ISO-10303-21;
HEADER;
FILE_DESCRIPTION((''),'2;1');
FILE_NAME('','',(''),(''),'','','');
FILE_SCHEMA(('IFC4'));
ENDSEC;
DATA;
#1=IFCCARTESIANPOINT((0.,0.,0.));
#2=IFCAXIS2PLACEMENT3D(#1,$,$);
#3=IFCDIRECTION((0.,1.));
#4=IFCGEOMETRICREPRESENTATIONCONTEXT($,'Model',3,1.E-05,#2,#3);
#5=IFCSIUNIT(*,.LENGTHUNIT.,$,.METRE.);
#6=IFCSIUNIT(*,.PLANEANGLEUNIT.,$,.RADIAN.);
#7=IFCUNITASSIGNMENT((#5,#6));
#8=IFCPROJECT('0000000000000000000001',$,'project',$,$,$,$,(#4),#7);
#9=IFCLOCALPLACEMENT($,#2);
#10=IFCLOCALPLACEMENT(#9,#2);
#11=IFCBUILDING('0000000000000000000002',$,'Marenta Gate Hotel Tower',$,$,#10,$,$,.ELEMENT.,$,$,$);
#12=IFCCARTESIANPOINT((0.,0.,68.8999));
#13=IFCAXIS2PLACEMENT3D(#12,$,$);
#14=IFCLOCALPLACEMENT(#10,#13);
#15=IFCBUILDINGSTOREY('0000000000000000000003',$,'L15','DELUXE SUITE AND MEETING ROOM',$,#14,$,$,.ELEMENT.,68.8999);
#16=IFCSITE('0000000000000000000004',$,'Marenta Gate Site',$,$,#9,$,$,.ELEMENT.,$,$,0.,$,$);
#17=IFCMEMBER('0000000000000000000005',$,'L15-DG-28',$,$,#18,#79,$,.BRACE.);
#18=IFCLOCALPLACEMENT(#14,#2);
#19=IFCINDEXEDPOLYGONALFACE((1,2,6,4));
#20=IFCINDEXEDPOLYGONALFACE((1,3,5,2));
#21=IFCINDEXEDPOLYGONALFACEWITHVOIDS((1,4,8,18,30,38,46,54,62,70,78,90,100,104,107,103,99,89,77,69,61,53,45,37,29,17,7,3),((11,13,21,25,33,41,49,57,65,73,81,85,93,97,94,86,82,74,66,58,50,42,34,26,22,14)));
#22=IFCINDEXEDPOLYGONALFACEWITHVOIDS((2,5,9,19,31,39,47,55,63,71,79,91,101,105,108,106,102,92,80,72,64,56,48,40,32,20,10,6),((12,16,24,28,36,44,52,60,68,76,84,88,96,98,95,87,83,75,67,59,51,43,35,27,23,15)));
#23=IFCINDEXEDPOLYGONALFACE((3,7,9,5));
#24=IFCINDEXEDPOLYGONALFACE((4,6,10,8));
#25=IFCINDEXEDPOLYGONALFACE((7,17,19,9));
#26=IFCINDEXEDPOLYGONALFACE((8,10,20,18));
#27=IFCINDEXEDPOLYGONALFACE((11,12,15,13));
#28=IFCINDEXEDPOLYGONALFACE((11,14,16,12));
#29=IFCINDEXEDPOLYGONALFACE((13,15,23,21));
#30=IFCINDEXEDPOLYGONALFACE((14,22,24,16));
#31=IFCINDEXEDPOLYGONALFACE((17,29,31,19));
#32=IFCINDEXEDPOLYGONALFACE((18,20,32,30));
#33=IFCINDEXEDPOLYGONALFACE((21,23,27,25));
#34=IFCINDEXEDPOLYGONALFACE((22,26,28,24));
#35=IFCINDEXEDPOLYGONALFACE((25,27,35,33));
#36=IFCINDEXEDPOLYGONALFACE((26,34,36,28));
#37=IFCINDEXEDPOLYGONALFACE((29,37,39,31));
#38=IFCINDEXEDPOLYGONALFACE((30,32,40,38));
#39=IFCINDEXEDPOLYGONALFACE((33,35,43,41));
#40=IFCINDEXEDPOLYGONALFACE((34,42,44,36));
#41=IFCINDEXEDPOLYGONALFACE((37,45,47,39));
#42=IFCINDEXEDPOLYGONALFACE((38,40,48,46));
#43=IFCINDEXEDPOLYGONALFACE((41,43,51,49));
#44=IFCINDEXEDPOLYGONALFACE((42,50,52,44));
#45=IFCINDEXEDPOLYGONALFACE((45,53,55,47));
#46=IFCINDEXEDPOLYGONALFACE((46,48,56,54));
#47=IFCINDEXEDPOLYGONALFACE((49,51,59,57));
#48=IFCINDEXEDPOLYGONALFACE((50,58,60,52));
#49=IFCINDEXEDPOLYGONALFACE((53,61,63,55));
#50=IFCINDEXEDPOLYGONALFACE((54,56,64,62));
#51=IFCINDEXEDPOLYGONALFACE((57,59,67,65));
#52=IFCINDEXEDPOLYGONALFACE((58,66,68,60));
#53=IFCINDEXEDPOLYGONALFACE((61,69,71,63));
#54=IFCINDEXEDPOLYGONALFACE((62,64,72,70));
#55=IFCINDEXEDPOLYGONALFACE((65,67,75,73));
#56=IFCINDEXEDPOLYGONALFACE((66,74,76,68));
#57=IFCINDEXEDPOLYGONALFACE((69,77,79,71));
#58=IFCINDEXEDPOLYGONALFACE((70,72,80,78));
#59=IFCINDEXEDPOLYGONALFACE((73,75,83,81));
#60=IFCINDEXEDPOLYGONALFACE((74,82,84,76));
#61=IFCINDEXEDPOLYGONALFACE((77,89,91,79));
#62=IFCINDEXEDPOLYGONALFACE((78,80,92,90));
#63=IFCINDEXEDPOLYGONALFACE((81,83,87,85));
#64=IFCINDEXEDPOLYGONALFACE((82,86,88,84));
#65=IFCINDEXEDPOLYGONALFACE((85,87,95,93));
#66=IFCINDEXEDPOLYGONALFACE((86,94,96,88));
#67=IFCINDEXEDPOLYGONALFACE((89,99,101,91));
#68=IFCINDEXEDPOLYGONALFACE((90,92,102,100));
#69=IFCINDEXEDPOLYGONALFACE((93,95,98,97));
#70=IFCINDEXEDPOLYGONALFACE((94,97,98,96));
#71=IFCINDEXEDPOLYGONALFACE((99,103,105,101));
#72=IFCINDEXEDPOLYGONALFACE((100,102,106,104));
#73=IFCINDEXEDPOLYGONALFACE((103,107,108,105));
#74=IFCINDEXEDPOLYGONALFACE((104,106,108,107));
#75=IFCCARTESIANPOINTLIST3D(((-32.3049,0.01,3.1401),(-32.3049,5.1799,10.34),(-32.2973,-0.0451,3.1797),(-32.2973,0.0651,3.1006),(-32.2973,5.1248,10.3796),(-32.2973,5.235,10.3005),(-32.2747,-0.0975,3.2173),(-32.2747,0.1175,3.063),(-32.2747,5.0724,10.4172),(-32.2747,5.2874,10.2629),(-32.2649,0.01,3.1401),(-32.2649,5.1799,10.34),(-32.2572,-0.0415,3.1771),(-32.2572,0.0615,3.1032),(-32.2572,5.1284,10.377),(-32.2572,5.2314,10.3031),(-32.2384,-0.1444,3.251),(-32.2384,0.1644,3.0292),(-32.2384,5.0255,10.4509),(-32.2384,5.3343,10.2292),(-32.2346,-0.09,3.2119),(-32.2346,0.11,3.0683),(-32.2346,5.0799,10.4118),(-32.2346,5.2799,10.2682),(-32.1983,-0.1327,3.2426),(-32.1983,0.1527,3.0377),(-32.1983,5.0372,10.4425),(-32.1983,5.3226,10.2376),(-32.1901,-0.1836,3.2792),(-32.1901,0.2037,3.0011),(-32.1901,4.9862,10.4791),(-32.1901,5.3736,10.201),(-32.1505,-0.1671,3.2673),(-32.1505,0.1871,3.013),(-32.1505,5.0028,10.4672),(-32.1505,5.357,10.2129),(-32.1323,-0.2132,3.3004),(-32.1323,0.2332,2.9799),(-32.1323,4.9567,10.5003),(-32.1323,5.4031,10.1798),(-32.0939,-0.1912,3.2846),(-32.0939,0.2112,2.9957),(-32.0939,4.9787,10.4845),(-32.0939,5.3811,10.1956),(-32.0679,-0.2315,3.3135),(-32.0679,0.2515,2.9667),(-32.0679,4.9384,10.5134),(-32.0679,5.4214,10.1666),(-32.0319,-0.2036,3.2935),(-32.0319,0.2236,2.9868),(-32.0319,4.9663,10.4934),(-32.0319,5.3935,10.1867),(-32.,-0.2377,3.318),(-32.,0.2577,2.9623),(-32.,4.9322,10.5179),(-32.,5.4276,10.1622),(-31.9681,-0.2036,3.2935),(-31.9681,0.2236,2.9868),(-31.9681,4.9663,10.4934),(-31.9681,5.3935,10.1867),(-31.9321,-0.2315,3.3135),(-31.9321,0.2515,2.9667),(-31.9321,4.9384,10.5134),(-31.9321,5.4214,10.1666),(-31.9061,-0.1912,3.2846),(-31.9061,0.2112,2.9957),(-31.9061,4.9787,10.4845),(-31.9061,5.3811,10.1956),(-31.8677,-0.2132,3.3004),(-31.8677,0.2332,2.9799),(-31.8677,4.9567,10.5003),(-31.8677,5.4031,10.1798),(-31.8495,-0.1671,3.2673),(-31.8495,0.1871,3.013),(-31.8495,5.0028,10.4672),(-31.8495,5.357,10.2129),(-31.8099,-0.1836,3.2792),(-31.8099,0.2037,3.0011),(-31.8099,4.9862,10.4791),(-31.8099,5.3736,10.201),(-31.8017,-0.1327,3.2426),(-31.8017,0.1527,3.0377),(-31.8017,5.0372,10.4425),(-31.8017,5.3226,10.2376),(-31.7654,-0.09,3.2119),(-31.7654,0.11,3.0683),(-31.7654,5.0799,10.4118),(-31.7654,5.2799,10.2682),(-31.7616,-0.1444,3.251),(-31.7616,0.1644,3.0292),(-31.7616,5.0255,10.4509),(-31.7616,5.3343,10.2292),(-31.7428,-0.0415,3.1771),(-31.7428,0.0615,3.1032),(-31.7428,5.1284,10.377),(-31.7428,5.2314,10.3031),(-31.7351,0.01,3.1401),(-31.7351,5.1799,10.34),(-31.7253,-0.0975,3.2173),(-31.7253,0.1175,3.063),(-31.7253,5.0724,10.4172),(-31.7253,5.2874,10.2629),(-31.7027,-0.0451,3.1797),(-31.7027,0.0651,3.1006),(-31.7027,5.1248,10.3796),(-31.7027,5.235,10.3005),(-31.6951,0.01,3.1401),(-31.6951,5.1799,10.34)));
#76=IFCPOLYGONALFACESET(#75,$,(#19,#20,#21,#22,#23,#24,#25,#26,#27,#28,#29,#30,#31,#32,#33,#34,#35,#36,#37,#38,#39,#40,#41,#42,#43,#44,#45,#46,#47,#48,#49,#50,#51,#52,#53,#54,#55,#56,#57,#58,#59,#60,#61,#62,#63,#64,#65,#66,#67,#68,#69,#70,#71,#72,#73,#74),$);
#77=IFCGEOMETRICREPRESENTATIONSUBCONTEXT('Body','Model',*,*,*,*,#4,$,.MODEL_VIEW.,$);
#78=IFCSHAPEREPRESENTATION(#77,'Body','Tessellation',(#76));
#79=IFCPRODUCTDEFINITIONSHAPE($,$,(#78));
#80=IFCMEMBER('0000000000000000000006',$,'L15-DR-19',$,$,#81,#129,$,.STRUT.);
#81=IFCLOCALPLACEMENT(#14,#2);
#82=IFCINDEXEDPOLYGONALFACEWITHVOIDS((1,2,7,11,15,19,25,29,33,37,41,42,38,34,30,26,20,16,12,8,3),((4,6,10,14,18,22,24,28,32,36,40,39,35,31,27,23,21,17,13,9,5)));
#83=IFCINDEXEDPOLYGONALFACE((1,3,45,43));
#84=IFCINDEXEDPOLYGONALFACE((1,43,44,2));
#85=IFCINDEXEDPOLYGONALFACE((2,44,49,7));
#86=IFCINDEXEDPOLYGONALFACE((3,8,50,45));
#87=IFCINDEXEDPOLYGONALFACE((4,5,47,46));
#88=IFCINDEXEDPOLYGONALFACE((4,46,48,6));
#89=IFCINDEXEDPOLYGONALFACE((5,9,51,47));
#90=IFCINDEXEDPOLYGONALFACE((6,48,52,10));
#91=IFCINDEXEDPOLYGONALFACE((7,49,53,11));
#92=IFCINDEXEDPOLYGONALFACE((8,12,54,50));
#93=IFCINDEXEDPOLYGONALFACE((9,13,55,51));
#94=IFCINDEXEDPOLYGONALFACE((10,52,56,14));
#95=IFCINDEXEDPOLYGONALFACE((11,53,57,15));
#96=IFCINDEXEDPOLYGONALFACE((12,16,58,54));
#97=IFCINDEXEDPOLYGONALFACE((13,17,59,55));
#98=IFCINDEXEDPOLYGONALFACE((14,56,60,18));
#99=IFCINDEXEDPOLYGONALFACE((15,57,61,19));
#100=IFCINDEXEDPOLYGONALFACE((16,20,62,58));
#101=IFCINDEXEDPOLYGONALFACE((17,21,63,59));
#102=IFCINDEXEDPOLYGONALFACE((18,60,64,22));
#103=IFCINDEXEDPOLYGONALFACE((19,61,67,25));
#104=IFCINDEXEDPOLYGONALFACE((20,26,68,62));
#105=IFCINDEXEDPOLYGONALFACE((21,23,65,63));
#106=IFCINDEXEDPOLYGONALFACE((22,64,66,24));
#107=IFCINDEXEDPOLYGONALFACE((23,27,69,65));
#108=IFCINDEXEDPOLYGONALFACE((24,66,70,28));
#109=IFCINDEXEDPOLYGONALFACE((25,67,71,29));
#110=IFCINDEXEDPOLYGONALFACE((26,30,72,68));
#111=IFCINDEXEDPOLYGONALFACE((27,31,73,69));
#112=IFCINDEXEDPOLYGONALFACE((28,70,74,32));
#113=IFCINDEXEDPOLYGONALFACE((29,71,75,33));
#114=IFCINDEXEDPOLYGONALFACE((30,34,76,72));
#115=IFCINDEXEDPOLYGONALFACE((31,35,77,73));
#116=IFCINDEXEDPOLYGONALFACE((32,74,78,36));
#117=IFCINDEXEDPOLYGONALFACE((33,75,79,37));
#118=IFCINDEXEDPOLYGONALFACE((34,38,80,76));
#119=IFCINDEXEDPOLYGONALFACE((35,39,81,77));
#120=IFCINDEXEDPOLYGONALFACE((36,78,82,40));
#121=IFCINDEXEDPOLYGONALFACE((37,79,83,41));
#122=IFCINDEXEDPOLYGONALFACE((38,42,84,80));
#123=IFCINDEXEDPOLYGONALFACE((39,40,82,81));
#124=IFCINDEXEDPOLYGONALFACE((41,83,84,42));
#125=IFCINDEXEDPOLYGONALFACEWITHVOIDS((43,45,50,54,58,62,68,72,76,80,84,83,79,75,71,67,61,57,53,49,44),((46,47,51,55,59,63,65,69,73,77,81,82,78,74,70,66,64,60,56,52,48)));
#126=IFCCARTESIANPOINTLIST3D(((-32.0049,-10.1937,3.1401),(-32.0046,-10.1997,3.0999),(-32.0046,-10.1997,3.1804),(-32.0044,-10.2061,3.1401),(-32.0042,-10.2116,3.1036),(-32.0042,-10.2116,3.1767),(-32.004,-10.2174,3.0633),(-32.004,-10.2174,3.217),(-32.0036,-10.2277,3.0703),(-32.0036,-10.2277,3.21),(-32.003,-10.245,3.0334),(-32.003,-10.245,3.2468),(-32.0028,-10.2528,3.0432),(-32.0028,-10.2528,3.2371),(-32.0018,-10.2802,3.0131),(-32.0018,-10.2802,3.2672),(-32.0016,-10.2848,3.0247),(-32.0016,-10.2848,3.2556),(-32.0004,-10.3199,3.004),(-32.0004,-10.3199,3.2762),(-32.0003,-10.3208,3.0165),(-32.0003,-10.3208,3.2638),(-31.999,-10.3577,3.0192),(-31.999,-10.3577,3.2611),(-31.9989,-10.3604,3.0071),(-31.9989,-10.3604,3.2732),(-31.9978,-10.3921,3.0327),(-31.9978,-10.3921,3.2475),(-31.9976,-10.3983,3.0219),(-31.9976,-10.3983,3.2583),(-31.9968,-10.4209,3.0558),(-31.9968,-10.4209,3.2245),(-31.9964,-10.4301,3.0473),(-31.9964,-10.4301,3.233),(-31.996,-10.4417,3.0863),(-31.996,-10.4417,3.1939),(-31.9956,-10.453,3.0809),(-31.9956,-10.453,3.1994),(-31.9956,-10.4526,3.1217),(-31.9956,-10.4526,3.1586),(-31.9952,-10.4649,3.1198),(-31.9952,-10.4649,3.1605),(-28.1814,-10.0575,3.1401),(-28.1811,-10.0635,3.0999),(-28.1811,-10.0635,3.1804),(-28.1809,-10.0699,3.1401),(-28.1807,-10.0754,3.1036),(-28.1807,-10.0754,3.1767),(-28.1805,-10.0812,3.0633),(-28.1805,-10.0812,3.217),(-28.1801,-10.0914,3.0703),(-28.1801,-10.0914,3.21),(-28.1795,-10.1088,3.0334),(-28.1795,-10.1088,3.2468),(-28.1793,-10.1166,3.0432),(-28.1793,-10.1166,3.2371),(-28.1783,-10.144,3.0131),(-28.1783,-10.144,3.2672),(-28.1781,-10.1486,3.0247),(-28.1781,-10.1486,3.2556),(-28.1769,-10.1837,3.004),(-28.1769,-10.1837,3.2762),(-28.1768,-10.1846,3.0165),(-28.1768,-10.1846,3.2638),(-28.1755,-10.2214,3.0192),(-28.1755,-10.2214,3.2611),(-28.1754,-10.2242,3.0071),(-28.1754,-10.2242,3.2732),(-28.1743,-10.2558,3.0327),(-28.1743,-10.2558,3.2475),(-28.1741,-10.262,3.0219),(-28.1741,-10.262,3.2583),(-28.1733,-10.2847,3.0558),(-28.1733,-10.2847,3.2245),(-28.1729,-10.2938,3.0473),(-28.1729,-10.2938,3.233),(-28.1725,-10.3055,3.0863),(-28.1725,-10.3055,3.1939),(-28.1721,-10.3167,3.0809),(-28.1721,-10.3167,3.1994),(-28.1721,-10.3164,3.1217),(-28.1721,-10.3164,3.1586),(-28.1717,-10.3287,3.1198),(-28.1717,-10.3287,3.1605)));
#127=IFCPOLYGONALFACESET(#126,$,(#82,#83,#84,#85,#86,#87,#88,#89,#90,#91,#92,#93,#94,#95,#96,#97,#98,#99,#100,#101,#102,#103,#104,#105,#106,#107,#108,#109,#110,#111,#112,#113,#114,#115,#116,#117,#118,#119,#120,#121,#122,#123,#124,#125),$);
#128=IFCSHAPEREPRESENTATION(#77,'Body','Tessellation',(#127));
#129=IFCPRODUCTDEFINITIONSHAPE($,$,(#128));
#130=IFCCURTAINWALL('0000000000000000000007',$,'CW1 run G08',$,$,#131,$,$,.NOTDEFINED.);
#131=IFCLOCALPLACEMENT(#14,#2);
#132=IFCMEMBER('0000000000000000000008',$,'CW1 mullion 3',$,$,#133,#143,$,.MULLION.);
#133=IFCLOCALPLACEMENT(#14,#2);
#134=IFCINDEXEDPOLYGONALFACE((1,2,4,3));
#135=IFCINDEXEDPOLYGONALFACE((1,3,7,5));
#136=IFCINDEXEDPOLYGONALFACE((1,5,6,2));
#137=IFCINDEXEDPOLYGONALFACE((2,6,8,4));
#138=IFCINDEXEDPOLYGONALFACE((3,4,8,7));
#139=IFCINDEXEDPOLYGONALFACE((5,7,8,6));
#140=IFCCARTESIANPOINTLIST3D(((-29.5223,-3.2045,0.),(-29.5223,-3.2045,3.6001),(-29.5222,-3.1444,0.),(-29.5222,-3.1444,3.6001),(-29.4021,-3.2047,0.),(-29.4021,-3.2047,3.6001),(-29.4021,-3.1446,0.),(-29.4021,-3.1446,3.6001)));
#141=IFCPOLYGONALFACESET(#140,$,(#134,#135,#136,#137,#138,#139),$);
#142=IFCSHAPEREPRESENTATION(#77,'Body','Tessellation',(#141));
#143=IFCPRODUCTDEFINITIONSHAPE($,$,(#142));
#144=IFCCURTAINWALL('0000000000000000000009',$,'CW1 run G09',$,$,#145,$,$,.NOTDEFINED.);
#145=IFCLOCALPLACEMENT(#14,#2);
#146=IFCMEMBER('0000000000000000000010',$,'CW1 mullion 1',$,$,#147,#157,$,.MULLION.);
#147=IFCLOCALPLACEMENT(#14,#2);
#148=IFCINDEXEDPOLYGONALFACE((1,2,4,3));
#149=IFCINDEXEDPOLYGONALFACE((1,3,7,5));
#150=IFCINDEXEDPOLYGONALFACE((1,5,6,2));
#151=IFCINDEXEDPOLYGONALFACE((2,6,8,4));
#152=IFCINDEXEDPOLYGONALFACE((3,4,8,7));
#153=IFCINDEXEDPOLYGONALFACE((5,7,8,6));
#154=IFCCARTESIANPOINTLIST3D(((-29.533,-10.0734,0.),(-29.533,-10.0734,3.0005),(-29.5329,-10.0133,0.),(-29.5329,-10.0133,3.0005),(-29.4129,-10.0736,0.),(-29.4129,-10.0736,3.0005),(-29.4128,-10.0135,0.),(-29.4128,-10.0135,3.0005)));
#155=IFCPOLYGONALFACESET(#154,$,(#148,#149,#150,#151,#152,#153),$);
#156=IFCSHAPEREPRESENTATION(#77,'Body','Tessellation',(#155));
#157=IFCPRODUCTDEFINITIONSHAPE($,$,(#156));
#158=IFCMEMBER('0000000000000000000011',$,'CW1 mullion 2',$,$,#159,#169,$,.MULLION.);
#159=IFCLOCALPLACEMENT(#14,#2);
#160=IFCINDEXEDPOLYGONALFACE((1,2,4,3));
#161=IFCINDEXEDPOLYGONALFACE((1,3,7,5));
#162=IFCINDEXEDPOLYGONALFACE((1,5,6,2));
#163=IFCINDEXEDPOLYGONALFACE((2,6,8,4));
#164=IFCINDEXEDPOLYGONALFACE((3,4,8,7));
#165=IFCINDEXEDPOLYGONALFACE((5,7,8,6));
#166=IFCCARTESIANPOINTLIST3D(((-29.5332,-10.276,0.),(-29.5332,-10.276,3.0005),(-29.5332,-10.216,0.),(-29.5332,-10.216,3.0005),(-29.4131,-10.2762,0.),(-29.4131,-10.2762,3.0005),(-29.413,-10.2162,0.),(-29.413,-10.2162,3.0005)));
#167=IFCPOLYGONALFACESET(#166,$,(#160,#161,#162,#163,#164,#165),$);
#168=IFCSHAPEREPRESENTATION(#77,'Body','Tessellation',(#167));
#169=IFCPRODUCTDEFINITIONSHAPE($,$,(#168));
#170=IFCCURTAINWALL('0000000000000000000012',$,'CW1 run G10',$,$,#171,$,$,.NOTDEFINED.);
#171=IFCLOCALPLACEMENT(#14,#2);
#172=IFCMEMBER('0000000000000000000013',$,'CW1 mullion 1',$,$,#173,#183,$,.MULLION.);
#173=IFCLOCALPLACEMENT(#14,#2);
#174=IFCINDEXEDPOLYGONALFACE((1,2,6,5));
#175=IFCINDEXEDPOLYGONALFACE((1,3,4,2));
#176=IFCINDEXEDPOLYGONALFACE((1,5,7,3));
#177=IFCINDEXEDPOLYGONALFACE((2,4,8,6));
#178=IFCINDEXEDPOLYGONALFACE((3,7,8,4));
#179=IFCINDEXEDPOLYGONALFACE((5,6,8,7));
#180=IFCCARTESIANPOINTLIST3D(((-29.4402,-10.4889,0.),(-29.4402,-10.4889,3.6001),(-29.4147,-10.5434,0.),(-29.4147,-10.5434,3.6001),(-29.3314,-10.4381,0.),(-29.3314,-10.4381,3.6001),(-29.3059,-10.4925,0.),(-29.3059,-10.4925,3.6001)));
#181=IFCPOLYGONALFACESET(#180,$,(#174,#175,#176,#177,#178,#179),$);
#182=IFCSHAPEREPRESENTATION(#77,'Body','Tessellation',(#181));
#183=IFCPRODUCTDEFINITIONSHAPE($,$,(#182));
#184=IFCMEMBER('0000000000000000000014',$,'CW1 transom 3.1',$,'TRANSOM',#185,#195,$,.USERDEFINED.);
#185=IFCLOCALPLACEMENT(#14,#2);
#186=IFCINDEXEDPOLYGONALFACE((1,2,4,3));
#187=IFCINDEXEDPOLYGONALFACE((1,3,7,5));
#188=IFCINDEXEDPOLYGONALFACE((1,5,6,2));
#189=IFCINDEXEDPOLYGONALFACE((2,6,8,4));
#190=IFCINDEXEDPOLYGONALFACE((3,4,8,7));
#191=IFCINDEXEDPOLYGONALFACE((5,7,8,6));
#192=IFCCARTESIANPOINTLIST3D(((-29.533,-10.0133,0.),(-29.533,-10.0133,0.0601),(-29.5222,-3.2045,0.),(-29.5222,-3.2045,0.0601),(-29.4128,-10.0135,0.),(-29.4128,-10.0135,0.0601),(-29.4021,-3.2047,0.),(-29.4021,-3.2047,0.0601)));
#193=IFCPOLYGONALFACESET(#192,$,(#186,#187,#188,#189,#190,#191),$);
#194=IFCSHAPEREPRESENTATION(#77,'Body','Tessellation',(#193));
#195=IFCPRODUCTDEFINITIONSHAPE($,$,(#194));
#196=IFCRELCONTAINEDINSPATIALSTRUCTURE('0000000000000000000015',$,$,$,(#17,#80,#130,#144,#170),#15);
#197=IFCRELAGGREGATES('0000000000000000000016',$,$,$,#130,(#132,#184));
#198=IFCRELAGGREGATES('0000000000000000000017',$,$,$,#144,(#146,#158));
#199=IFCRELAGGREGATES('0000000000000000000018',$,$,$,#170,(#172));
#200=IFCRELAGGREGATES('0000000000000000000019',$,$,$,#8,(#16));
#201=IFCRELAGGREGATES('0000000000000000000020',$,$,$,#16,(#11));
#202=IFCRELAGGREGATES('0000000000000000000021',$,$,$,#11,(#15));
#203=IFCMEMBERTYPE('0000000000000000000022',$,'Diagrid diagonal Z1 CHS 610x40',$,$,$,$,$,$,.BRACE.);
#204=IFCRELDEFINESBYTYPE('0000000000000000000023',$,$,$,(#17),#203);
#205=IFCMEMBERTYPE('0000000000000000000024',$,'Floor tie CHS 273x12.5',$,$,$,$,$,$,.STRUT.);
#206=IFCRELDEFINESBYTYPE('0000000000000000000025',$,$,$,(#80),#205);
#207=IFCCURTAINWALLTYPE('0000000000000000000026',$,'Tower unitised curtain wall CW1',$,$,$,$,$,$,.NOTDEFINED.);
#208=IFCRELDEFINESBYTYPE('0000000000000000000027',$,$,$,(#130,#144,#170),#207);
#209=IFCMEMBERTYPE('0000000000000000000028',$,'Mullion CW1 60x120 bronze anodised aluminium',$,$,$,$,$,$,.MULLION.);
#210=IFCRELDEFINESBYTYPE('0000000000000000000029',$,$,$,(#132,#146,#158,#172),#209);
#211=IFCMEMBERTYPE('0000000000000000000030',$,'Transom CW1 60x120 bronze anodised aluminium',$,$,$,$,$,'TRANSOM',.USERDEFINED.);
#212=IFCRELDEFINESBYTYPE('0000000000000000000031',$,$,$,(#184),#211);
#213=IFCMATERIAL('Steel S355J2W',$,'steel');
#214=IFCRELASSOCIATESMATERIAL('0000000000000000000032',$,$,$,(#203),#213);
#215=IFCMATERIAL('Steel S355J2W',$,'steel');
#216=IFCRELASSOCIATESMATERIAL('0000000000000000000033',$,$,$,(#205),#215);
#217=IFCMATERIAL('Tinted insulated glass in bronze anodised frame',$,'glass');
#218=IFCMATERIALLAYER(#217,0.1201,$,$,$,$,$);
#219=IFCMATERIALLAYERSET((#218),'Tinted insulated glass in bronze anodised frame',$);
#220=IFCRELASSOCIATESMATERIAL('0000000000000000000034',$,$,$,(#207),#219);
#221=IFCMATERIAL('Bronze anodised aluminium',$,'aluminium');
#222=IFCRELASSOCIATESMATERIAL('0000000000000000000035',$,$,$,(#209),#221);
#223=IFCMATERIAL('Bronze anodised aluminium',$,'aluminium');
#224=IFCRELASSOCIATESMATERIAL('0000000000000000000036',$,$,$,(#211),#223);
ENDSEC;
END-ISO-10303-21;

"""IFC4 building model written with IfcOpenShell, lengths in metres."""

from ifc_helpers import new_model, si_unit, direction, frame, origin, origin_2d, place, context, subcontext, project, spatial, rectangle, hollow_circle, extrude, material, layer, layer_set, material_profile, profile_set, type_object, element, aggregate, save


model = new_model("IFC4")

# Units and contexts
model_context = context("Model", 3, precision=1e-05, world=origin(), true_north=direction((0.0, 1.0)))
body_context = subcontext(model_context, "Body", "Model", "MODEL_VIEW")
ifc_project = project(units=[si_unit("LENGTHUNIT", "METRE"), si_unit("PLANEANGLEUNIT", "RADIAN")], contexts=[model_context])

# Site, building, storey
site_placement = place(None, origin())
site = spatial("IfcSite", under=ifc_project, at=site_placement, Name="Marenta Gate Site", CompositionType="ELEMENT", RefElevation=0.0)
building_placement = place(site_placement, origin())
building = spatial("IfcBuilding", under=site, at=building_placement, Name="Marenta Gate Hotel Tower", CompositionType="ELEMENT")
storey_placement = place(building_placement, frame((0.0, 0.0, 68.8999)))
storey = spatial("IfcBuildingStorey", under=building, at=storey_placement, Name="L15", Description="DELUXE SUITE AND MEETING ROOM", CompositionType="ELEMENT", Elevation=68.8999)

# Members
ifc_material_1 = material(Name="Steel S355J2W", Category="steel")
ifc_material_profile_1 = material_profile(ifc_material_1, hollow_circle(Radius=0.3049, WallThickness=0.04, at=origin_2d()), Name="CHS 610x40")
ifc_profile_set_1 = profile_set([ifc_material_profile_1], Name="Steel S355J2W")
member_type_1 = type_object("IfcMemberType", Name="Diagrid diagonal Z1 CHS 610x40", PredefinedType="BRACE", material=ifc_profile_set_1)
member_1_placement = place(storey_placement, frame((-32.0, 0.01, 3.1401), z_axis=(0.0, 0.583261, 0.812285), x_axis=(-1.0, 0.0, 0.0)))
element("IfcMember", 1, at=member_1_placement, inside=storey, type_object=member_type_1, Name="L15-DG-28", PredefinedType="BRACE", context=body_context, shape_type="SweptSolid", body=[
    extrude(hollow_circle(Radius=0.3049, WallThickness=0.04, at=origin_2d()), origin(), (0.0, 0.0, 1.0), 8.8638),
])
ifc_material_2 = material(Name="Steel S355J2W", Category="steel")
ifc_material_profile_2 = material_profile(ifc_material_2, hollow_circle(Radius=0.1365, WallThickness=0.0125, at=origin_2d()), Name="CHS 273x12.5")
ifc_profile_set_2 = profile_set([ifc_material_profile_2], Name="Steel S355J2W")
member_type_2 = type_object("IfcMemberType", Name="Floor tie CHS 273x12.5", PredefinedType="STRUT", material=ifc_profile_set_2)
member_2_placement = place(storey_placement, frame((-32.0, -10.3301, 3.1401), z_axis=(0.999366, 0.035607, 0.0), x_axis=(-0.035607, 0.999366, 0.0)))
element("IfcMember", 2, at=member_2_placement, inside=storey, type_object=member_type_2, Name="L15-DR-19", PredefinedType="STRUT", context=body_context, shape_type="SweptSolid", body=[
    extrude(hollow_circle(Radius=0.1365, WallThickness=0.0125, at=origin_2d()), origin(), (0.0, 0.0, 1.0), 3.8259),
])

# Curtain wall, member
ifc_material_3 = material(Name="Tinted insulated glass in bronze anodised frame", Category="glass")
ifc_layer_1 = layer(ifc_material_3, 0.1201)
ifc_layer_set_1 = layer_set([ifc_layer_1], Name="Tinted insulated glass in bronze anodised frame")
curtain_wall_type = type_object("IfcCurtainWallType", Name="Tower unitised curtain wall CW1", PredefinedType="NOTDEFINED", material=ifc_layer_set_1)
curtain_wall_1_placement = place(storey_placement, origin())
curtain_wall_1 = element("IfcCurtainWall", 3, at=curtain_wall_1_placement, inside=storey, type_object=curtain_wall_type, Name="CW1 run G08", PredefinedType="NOTDEFINED")
ifc_material_4 = material(Name="Bronze anodised aluminium", Category="aluminium")
ifc_material_profile_3 = material_profile(ifc_material_4, rectangle(XDim=0.1201, YDim=0.0601, at=origin_2d()), Name="Mullion CW1 60x120 bronze anodised aluminium")
ifc_profile_set_3 = profile_set([ifc_material_profile_3], Name="Bronze anodised aluminium")
member_type_3 = type_object("IfcMemberType", Name="Mullion CW1 60x120 bronze anodised aluminium", PredefinedType="MULLION", material=ifc_profile_set_3)
member_3_placement = place(storey_placement, frame((-29.4622, -3.1746, 0.0), z_axis=(0.0, 0.0, 1.0), x_axis=(0.999999, -0.001565, 0.0)))
member_3 = element("IfcMember", 4, at=member_3_placement, type_object=member_type_3, Name="CW1 mullion 3", PredefinedType="MULLION", context=body_context, shape_type="SweptSolid", body=[
    extrude(rectangle(XDim=0.1201, YDim=0.0601, at=origin_2d()), origin(), (0.0, 0.0, 1.0), 3.6001),
])

# Curtain wall, members
curtain_wall_2_placement = place(storey_placement, origin())
curtain_wall_2 = element("IfcCurtainWall", 5, at=curtain_wall_2_placement, inside=storey, type_object=curtain_wall_type, Name="CW1 run G09", PredefinedType="NOTDEFINED")
member_4_placement = place(storey_placement, frame((-29.4729, -10.0435, 0.0), z_axis=(0.0, 0.0, 1.0), x_axis=(0.999999, -0.001523, 0.0)))
member_4 = element("IfcMember", 6, at=member_4_placement, type_object=member_type_3, Name="CW1 mullion 1", PredefinedType="MULLION", context=body_context, shape_type="SweptSolid", body=[
    extrude(rectangle(XDim=0.1201, YDim=0.0601, at=origin_2d()), origin(), (0.0, 0.0, 1.0), 3.0005),
])
member_5_placement = place(storey_placement, frame((-29.4731, -10.2461, 0.0), z_axis=(0.0, 0.0, 1.0), x_axis=(0.999999, -0.001523, 0.0)))
member_5 = element("IfcMember", 7, at=member_5_placement, type_object=member_type_3, Name="CW1 mullion 2", PredefinedType="MULLION", context=body_context, shape_type="SweptSolid", body=[
    extrude(rectangle(XDim=0.1201, YDim=0.0601, at=origin_2d()), origin(), (0.0, 0.0, 1.0), 3.0005),
])

# Curtain wall, member
curtain_wall_3_placement = place(storey_placement, origin())
curtain_wall_3 = element("IfcCurtainWall", 8, at=curtain_wall_3_placement, inside=storey, type_object=curtain_wall_type, Name="CW1 run G10", PredefinedType="NOTDEFINED")
member_6_placement = place(storey_placement, frame((-29.373, -10.4907, 0.0), z_axis=(0.0, 0.0, 1.0), x_axis=(0.905955, 0.423375, 0.0)))
member_6 = element("IfcMember", 9, at=member_6_placement, type_object=member_type_3, Name="CW1 mullion 1", PredefinedType="MULLION", context=body_context, shape_type="SweptSolid", body=[
    extrude(rectangle(XDim=0.1201, YDim=0.0601, at=origin_2d()), origin(), (0.0, 0.0, 1.0), 3.6001),
])

# Member
ifc_material_5 = material(Name="Bronze anodised aluminium", Category="aluminium")
ifc_material_profile_4 = material_profile(ifc_material_5, rectangle(XDim=0.1201, YDim=0.0601, at=origin_2d()), Name="Transom CW1 60x120 bronze anodised aluminium")
ifc_profile_set_4 = profile_set([ifc_material_profile_4], Name="Bronze anodised aluminium")
member_type_4 = type_object("IfcMemberType", Name="Transom CW1 60x120 bronze anodised aluminium", ElementType="TRANSOM", PredefinedType="USERDEFINED", material=ifc_profile_set_4)
member_7_placement = place(storey_placement, frame((-29.4622, -3.2046, 0.03), z_axis=(-0.001578, -0.999999, 0.0), x_axis=(0.999999, -0.001578, 0.0)))
member_7 = element("IfcMember", 10, at=member_7_placement, type_object=member_type_4, Name="CW1 transom 3.1", ObjectType="TRANSOM", PredefinedType="USERDEFINED", context=body_context, shape_type="SweptSolid", body=[
    extrude(rectangle(XDim=0.1201, YDim=0.0601, at=origin_2d()), origin(), (0.0, 0.0, 1.0), 6.8088),
])

aggregate(curtain_wall_1, [member_3, member_7])
aggregate(curtain_wall_2, [member_4, member_5])
aggregate(curtain_wall_3, [member_6])

save(model, "model.ifc")
